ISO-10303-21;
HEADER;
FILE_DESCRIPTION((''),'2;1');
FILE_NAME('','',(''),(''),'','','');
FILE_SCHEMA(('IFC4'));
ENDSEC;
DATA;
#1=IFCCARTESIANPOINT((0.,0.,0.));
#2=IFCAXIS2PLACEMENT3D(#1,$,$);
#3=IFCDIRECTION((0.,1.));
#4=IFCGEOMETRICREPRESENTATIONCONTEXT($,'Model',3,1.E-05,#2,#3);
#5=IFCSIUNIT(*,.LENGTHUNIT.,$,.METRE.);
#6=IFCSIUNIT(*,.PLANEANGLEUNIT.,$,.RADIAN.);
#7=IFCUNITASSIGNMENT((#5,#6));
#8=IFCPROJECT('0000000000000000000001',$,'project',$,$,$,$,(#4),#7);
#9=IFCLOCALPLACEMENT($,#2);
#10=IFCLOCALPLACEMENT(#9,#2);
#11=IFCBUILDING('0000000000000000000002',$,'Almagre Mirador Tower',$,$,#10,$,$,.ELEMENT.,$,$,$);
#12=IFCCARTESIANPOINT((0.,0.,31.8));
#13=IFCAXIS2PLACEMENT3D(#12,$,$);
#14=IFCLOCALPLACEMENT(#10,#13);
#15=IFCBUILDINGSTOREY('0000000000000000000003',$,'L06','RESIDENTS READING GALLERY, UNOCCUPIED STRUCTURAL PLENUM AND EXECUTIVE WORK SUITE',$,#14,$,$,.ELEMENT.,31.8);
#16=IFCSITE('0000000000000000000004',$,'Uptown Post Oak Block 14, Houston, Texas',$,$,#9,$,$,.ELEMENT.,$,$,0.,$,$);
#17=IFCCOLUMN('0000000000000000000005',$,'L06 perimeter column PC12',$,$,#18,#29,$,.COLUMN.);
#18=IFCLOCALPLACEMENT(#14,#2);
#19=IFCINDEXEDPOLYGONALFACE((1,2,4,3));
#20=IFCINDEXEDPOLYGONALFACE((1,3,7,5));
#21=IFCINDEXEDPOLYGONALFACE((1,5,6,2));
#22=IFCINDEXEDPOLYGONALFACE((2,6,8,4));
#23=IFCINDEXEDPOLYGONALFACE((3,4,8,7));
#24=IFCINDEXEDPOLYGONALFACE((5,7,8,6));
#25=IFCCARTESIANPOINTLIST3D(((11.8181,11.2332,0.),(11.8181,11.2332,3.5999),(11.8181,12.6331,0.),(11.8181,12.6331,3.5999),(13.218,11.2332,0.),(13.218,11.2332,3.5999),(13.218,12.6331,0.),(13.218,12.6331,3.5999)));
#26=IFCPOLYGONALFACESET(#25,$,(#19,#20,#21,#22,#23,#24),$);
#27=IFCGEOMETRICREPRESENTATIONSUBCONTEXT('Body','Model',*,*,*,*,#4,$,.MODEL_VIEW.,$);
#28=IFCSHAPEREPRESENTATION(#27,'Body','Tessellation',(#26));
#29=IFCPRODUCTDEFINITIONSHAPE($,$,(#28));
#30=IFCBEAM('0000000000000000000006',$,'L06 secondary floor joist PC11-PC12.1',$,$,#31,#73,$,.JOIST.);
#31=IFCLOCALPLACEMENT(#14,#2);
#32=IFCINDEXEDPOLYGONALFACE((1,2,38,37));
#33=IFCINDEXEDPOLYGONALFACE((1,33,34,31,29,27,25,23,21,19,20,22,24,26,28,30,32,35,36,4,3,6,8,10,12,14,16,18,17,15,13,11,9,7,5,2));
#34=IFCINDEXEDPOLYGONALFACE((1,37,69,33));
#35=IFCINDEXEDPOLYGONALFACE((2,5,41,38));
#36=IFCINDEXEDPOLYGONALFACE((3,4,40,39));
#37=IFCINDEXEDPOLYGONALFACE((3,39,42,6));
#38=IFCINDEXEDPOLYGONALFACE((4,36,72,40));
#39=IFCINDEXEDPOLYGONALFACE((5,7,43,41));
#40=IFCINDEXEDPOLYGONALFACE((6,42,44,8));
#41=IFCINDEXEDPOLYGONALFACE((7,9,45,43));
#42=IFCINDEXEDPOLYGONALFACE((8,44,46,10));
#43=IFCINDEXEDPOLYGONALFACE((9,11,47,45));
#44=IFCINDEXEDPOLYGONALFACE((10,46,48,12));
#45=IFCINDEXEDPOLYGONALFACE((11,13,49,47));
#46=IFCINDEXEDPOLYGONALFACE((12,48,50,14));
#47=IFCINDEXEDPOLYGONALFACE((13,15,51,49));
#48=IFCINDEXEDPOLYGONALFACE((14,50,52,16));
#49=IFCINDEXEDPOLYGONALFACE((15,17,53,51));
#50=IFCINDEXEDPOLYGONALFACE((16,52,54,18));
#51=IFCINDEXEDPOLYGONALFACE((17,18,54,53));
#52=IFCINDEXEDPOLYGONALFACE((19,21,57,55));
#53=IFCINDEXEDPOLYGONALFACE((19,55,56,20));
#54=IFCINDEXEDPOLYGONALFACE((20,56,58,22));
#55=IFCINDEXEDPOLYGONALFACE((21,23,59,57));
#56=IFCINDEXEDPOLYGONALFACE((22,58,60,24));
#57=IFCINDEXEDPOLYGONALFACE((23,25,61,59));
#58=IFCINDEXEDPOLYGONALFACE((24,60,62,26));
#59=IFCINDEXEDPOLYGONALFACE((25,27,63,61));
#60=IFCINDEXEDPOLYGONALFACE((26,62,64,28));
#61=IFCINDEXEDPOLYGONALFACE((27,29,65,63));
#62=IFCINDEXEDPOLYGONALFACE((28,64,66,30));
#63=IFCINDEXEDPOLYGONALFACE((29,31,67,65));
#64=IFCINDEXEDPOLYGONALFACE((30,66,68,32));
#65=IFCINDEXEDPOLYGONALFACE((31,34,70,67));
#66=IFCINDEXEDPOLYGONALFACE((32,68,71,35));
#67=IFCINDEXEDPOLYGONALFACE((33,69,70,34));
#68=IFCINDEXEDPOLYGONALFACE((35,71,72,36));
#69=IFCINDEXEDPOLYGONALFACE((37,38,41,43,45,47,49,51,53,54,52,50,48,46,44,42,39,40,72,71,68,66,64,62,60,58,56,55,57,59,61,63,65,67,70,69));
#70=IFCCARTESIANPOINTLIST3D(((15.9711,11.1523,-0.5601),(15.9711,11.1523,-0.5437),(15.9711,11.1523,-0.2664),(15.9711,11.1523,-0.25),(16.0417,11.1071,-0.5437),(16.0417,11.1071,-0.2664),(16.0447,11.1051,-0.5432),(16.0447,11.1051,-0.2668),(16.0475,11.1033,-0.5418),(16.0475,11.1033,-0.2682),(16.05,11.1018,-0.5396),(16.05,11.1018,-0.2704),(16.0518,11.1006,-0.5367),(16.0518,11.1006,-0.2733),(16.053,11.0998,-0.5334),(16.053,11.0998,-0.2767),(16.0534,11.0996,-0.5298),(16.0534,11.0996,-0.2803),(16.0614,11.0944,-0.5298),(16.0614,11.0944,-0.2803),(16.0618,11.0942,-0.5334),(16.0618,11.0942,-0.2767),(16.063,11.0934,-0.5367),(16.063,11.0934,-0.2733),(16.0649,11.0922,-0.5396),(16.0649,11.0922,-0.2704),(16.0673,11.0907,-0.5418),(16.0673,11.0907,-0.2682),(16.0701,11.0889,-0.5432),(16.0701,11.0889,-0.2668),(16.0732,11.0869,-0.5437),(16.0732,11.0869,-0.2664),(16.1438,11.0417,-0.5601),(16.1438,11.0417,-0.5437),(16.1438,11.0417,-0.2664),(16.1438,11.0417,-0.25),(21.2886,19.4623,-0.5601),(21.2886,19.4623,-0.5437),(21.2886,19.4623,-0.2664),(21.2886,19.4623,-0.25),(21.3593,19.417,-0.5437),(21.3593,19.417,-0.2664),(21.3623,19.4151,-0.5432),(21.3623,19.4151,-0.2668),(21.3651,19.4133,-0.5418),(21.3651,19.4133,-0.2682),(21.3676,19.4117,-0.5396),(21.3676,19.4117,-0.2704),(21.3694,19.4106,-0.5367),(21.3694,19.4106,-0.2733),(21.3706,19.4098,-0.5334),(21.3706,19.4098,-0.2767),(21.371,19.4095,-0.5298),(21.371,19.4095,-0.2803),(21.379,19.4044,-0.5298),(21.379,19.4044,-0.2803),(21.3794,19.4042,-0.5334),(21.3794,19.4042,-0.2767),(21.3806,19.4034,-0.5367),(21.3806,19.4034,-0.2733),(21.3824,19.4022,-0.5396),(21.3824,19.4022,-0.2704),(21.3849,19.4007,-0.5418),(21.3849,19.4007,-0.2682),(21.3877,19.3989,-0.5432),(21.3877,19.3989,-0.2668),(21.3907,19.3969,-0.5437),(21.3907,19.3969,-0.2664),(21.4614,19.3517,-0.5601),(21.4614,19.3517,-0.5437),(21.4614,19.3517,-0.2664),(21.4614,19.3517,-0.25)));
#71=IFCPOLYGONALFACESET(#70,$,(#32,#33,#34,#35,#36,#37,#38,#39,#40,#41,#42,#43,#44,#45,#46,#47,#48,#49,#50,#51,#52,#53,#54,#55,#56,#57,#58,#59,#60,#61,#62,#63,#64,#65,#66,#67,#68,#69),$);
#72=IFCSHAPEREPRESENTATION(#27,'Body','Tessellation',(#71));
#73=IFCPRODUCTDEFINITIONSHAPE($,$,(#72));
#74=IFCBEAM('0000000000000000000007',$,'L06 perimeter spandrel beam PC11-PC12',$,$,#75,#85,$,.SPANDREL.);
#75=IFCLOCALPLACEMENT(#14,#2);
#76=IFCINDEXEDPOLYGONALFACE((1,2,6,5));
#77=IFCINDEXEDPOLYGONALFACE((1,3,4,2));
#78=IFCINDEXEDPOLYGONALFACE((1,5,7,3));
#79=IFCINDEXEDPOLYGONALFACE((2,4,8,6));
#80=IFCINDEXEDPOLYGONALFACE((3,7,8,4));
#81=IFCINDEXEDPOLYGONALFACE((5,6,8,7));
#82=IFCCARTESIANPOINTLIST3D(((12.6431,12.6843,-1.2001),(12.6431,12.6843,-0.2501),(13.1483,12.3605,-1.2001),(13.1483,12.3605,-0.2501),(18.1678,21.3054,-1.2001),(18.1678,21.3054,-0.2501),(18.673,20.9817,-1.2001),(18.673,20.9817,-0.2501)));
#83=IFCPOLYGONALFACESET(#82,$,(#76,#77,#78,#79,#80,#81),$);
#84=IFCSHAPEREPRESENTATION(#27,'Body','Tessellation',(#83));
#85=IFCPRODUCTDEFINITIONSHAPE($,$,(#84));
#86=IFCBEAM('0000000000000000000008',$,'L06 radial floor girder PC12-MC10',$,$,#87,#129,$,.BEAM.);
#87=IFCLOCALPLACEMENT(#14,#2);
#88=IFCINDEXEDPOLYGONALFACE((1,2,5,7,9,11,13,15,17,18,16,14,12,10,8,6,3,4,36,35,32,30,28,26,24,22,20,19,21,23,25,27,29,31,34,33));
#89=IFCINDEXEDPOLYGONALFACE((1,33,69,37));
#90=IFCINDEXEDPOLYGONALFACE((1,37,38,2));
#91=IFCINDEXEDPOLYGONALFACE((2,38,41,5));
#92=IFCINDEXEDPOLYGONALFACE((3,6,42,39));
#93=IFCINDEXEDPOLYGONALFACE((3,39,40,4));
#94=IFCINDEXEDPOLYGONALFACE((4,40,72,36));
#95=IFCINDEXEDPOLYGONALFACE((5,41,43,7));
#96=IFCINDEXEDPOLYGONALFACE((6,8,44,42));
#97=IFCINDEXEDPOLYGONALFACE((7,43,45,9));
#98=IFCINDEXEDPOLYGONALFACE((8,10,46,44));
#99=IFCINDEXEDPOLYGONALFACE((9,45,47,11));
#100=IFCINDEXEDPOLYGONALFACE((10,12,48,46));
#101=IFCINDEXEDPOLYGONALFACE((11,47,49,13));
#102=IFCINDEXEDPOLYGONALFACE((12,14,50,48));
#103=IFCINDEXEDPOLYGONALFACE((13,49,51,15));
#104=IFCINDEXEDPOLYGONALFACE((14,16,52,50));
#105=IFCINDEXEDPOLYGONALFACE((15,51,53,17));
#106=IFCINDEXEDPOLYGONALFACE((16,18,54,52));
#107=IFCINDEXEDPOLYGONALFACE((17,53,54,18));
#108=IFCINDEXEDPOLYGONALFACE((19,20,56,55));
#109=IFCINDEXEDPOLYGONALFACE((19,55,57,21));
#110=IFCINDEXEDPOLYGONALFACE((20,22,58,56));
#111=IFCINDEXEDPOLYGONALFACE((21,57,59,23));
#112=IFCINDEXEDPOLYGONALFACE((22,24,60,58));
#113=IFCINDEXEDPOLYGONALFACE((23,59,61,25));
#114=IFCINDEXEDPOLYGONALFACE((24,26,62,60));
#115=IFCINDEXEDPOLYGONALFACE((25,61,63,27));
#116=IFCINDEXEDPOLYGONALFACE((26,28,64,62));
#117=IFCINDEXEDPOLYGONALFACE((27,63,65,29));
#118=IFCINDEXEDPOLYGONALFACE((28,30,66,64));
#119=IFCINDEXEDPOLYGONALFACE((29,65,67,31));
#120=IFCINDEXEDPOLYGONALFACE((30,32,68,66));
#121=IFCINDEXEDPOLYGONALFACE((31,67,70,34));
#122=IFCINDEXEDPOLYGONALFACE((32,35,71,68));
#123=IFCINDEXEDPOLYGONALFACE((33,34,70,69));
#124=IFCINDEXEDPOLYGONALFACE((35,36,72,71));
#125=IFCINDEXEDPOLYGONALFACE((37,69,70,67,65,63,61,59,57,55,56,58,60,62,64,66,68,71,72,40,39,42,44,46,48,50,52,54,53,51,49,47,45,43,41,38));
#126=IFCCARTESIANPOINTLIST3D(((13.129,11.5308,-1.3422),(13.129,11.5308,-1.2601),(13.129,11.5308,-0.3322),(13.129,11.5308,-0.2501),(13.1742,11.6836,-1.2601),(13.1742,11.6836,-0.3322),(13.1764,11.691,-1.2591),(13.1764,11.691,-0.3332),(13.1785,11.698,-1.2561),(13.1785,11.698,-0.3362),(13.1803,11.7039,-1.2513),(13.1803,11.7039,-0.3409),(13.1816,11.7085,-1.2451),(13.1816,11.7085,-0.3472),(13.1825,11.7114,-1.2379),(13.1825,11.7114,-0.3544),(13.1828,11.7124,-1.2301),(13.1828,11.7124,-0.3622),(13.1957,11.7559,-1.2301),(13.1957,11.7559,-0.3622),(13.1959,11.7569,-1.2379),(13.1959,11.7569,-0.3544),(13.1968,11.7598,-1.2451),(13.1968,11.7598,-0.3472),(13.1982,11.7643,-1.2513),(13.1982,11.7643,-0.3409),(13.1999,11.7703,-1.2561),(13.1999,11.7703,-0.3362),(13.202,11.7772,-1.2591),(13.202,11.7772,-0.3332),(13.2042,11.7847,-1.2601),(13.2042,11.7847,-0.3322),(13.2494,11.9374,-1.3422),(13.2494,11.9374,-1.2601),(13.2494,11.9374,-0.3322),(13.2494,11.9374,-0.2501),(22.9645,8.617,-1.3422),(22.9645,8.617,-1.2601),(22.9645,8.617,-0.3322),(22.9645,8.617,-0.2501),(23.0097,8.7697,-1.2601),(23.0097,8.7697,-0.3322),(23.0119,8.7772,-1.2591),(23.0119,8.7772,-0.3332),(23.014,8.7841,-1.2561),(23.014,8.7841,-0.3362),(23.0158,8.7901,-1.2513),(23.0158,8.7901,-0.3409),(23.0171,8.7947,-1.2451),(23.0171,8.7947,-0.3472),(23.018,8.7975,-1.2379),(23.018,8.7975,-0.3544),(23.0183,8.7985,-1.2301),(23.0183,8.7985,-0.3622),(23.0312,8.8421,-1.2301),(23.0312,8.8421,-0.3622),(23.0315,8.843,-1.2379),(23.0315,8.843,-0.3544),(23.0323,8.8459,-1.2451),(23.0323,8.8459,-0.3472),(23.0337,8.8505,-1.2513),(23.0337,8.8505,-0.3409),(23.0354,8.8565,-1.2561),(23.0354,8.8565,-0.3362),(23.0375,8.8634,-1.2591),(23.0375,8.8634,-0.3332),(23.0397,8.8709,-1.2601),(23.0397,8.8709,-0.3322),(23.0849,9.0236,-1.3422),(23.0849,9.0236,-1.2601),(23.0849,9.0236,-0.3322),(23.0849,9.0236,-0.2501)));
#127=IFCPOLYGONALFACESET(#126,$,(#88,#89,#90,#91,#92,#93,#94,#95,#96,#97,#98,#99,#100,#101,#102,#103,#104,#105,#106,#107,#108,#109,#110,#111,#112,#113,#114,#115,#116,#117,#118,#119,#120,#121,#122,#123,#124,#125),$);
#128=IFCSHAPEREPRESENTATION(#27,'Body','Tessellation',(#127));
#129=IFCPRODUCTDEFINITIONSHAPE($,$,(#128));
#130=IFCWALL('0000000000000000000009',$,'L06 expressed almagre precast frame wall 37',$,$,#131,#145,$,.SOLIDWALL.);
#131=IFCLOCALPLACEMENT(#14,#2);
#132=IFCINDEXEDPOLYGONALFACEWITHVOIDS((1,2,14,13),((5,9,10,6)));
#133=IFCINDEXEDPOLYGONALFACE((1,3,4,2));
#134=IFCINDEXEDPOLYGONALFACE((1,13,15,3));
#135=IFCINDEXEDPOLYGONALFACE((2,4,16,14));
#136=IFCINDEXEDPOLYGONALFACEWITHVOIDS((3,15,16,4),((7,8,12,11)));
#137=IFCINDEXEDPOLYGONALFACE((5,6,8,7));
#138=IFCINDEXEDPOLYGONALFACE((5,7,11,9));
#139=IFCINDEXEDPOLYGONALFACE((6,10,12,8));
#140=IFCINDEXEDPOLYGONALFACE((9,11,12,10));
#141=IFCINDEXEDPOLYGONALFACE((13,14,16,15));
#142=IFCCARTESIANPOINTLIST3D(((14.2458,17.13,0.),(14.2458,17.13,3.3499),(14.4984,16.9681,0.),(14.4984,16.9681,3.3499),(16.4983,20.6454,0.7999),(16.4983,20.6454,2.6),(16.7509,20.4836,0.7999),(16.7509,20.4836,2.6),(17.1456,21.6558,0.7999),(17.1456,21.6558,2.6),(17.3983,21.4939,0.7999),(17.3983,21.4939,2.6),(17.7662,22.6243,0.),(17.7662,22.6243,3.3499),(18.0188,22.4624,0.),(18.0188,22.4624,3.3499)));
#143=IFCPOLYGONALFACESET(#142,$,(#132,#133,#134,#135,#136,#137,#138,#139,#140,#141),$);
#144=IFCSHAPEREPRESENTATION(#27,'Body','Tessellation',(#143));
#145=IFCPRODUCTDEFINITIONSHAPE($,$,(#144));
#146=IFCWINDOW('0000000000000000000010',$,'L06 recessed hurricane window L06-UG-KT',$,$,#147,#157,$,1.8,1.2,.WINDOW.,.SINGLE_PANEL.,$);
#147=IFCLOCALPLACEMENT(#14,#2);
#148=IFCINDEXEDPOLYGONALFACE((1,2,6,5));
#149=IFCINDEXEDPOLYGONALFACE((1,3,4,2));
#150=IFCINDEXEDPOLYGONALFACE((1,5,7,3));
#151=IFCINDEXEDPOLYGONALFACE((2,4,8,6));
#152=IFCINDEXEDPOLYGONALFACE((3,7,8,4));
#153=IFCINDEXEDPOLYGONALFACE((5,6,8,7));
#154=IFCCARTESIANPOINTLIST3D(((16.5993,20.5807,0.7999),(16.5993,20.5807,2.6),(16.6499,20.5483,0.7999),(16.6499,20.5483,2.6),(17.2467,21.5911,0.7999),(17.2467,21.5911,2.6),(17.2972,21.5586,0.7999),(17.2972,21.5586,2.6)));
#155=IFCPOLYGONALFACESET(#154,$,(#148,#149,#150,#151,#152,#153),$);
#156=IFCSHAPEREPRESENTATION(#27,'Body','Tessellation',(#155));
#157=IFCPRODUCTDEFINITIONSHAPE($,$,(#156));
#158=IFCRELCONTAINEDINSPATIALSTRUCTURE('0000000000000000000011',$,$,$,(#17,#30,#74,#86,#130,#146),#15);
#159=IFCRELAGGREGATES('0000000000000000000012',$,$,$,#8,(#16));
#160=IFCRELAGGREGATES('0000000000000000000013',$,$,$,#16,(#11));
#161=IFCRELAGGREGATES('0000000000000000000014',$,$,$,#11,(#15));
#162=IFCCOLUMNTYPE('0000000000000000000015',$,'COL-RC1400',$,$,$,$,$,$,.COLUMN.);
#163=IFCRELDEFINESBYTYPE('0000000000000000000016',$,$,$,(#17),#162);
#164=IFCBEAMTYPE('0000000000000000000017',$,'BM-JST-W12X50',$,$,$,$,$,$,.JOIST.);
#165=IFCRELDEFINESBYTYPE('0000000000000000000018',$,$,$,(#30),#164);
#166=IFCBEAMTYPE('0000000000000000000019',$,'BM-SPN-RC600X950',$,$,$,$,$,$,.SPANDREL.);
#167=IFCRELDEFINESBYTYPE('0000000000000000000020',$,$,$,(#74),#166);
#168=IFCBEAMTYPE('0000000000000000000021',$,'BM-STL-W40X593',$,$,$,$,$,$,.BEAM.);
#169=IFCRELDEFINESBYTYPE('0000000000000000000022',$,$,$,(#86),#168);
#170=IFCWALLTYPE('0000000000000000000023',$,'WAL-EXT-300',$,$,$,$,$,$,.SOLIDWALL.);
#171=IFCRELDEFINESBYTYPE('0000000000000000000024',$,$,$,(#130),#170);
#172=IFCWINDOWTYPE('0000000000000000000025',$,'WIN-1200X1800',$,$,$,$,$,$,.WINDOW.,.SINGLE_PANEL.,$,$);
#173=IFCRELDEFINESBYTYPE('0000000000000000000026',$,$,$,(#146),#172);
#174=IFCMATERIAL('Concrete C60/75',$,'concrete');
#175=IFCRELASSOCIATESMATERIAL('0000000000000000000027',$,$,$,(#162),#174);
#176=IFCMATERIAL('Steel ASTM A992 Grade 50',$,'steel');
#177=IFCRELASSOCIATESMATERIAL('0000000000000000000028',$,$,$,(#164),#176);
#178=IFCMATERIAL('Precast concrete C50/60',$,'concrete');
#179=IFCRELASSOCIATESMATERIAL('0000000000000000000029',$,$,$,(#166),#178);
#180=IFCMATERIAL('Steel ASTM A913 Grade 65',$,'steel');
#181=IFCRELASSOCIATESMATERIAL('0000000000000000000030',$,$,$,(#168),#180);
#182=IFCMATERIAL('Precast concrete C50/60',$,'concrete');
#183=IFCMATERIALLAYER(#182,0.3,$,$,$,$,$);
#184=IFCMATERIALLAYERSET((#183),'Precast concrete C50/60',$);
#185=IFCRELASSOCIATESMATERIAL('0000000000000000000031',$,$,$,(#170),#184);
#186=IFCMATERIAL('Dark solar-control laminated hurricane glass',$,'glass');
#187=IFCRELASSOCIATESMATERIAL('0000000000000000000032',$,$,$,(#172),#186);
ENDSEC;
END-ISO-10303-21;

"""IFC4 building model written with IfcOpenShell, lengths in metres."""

from ifc_helpers import new_model, si_unit, direction, frame, frame_2d, origin, origin_2d, place, context, subcontext, project, spatial, rectangle, i_section, extrude, material, layer, layer_set, material_profile, profile_set, type_object, element, fill, save


model = new_model("IFC4")

# Units and contexts
model_context = context("Model", 3, precision=1e-05, world=origin(), true_north=direction((0.0, 1.0)))
body_context = subcontext(model_context, "Body", "Model", "MODEL_VIEW")
ifc_project = project(units=[si_unit("LENGTHUNIT", "METRE"), si_unit("PLANEANGLEUNIT", "RADIAN")], contexts=[model_context])

# Site, building, storey
site_placement = place(None, origin())
site = spatial("IfcSite", under=ifc_project, at=site_placement, Name="Uptown Post Oak Block 14, Houston, Texas", CompositionType="ELEMENT", RefElevation=0.0)
building_placement = place(site_placement, origin())
building = spatial("IfcBuilding", under=site, at=building_placement, Name="Almagre Mirador Tower", CompositionType="ELEMENT")
storey_placement = place(building_placement, frame((0.0, 0.0, 31.8)))
storey = spatial("IfcBuildingStorey", under=building, at=storey_placement, Name="L06", Description="RESIDENTS READING GALLERY, UNOCCUPIED STRUCTURAL PLENUM AND EXECUTIVE WORK SUITE", CompositionType="ELEMENT", Elevation=31.8)

# Column
ifc_material_1 = material(Name="Concrete C60/75", Category="concrete")
ifc_material_profile_1 = material_profile(ifc_material_1, rectangle(XDim=1.3999, YDim=1.3999, at=origin_2d()), Name="RC1400X1400")
ifc_profile_set_1 = profile_set([ifc_material_profile_1], Name="Concrete C60/75")
column_type = type_object("IfcColumnType", Name="COL-RC1400", PredefinedType="COLUMN", material=ifc_profile_set_1)
column_placement = place(storey_placement, frame((12.5181, 11.9331, 0.0), z_axis=(0.0, 0.0, 1.0), x_axis=(1.0, 0.0, 0.0)))
element("IfcColumn", 1, at=column_placement, inside=storey, type_object=column_type, Name="L06 perimeter column PC12", PredefinedType="COLUMN", context=body_context, shape_type="SweptSolid", body=[
    extrude(rectangle(XDim=1.3999, YDim=1.3999, at=origin_2d()), origin(), (0.0, 0.0, 1.0), 3.5999),
])

# Beams
ifc_material_2 = material(Name="Steel ASTM A992 Grade 50", Category="steel")
ifc_material_profile_2 = material_profile(ifc_material_2, i_section(OverallWidth=0.2051, OverallDepth=0.3101, WebThickness=0.0095, FlangeThickness=0.0164, FilletRadius=0.0139, at=origin_2d()), Name="W12X50")
ifc_profile_set_2 = profile_set([ifc_material_profile_2], Name="Steel ASTM A992 Grade 50")
beam_type_1 = type_object("IfcBeamType", Name="BM-JST-W12X50", PredefinedType="JOIST", material=ifc_profile_set_2)
beam_1_placement = place(storey_placement, frame((21.375, 19.407, -0.405), z_axis=(-0.538995, -0.842309, 0.0), x_axis=(0.842309, -0.538995, 0.0)))
element("IfcBeam", 2, at=beam_1_placement, inside=storey, type_object=beam_type_1, Name="L06 secondary floor joist PC11-PC12.1", PredefinedType="JOIST", context=body_context, shape_type="SweptSolid", body=[
    extrude(i_section(OverallWidth=0.2051, OverallDepth=0.3101, WebThickness=0.0095, FlangeThickness=0.0164, FilletRadius=0.0139, at=origin_2d()), origin(), (0.0, 0.0, 1.0), 9.8657),
])
ifc_material_3 = material(Name="Precast concrete C50/60", Category="concrete")
ifc_material_profile_3 = material_profile(ifc_material_3, rectangle(XDim=0.6001, YDim=0.95, at=origin_2d()), Name="RC600X950")
ifc_profile_set_3 = profile_set([ifc_material_profile_3], Name="Precast concrete C50/60")
beam_type_2 = type_object("IfcBeamType", Name="BM-SPN-RC600X950", PredefinedType="SPANDREL", material=ifc_profile_set_3)
beam_2_placement = place(storey_placement, frame((18.4204, 21.1436, -0.7251), z_axis=(-0.53955, -0.841954, 0.0), x_axis=(0.841954, -0.53955, 0.0)))
element("IfcBeam", 3, at=beam_2_placement, inside=storey, type_object=beam_type_2, Name="L06 perimeter spandrel beam PC11-PC12", PredefinedType="SPANDREL", context=body_context, shape_type="SweptSolid", body=[
    extrude(rectangle(XDim=0.6001, YDim=0.95, at=origin_2d()), origin(), (0.0, 0.0, 1.0), 10.2395),
])
ifc_material_4 = material(Name="Steel ASTM A913 Grade 65", Category="steel")
ifc_material_profile_4 = material_profile(ifc_material_4, i_section(OverallWidth=0.4241, OverallDepth=1.092, WebThickness=0.0454, FlangeThickness=0.082, FilletRadius=0.03, at=origin_2d()), Name="W40X593")
ifc_profile_set_4 = profile_set([ifc_material_profile_4], Name="Steel ASTM A913 Grade 65")
beam_type_3 = type_object("IfcBeamType", Name="BM-STL-W40X593", PredefinedType="BEAM", material=ifc_profile_set_4)
beam_3_placement = place(storey_placement, frame((13.1892, 11.7341, -0.7961), z_axis=(0.958808, -0.284053, 0.0), x_axis=(0.284053, 0.958808, 0.0)))
element("IfcBeam", 4, at=beam_3_placement, inside=storey, type_object=beam_type_3, Name="L06 radial floor girder PC12-MC10", PredefinedType="BEAM", context=body_context, shape_type="SweptSolid", body=[
    extrude(i_section(OverallWidth=0.4241, OverallDepth=1.092, WebThickness=0.0454, FlangeThickness=0.082, FilletRadius=0.03, at=origin_2d()), origin(), (0.0, 0.0, 1.0), 10.2581),
])

# Wall, opening, window
ifc_material_5 = material(Name="Precast concrete C50/60", Category="concrete")
ifc_layer_1 = layer(ifc_material_5, 0.3)
ifc_layer_set_1 = layer_set([ifc_layer_1], Name="Precast concrete C50/60")
wall_type_1 = type_object("IfcWallType", Name="WAL-EXT-300", PredefinedType="SOLIDWALL", material=ifc_layer_set_1)
wall_1_placement = place(storey_placement, frame((14.3721, 17.0491, 0.0), z_axis=(0.0, 0.0, 1.0), x_axis=(0.5395, 0.841986, 0.0)))
wall_1 = element("IfcWall", 5, at=wall_1_placement, inside=storey, type_object=wall_type_1, Name="L06 expressed almagre precast frame wall 37", PredefinedType="SOLIDWALL", context=body_context, shape_type="SweptSolid", body=[
    extrude(rectangle(XDim=6.5254, YDim=0.3, at=frame_2d((3.2627, 0.0))), origin(), (0.0, 0.0, 1.0), 3.3499),
])
opening_1_placement = place(wall_1_placement, frame((4.175, 0.0, 0.8)))
opening_1 = element("IfcOpeningElement", 6, at=opening_1_placement, cuts=wall_1, PredefinedType="OPENING", context=body_context, shape_type="SweptSolid", body=[
    extrude(rectangle(XDim=1.2, YDim=1.8, at=frame_2d((0.6001, 0.8999))), frame((0.0, 0.1599, 0.0), z_axis=(0.0, -1.0, 0.0), x_axis=(1.0, 0.0, 0.0)), (0.0, 0.0, 1.0), 0.32),
])
ifc_material_6 = material(Name="Dark solar-control laminated hurricane glass", Category="glass")
window_type = type_object("IfcWindowType", Name="WIN-1200X1800", PartitioningType="SINGLE_PANEL", PredefinedType="WINDOW", material=ifc_material_6)
window_placement = place(opening_1_placement, origin())
window = element("IfcWindow", 7, at=window_placement, inside=storey, type_object=window_type, Name="L06 recessed hurricane window L06-UG-KT", OverallHeight=1.8, OverallWidth=1.2, PartitioningType="SINGLE_PANEL", PredefinedType="WINDOW", context=body_context, shape_type="SweptSolid", body=[
    extrude(rectangle(XDim=1.2, YDim=1.8, at=frame_2d((0.6001, 0.8999))), frame((0.0, 0.03, 0.0), z_axis=(0.0, -1.0, 0.0), x_axis=(1.0, 0.0, 0.0)), (0.0, 0.0, 1.0), 0.0601),
])
fill(opening_1, window)

save(model, "model.ifc")
